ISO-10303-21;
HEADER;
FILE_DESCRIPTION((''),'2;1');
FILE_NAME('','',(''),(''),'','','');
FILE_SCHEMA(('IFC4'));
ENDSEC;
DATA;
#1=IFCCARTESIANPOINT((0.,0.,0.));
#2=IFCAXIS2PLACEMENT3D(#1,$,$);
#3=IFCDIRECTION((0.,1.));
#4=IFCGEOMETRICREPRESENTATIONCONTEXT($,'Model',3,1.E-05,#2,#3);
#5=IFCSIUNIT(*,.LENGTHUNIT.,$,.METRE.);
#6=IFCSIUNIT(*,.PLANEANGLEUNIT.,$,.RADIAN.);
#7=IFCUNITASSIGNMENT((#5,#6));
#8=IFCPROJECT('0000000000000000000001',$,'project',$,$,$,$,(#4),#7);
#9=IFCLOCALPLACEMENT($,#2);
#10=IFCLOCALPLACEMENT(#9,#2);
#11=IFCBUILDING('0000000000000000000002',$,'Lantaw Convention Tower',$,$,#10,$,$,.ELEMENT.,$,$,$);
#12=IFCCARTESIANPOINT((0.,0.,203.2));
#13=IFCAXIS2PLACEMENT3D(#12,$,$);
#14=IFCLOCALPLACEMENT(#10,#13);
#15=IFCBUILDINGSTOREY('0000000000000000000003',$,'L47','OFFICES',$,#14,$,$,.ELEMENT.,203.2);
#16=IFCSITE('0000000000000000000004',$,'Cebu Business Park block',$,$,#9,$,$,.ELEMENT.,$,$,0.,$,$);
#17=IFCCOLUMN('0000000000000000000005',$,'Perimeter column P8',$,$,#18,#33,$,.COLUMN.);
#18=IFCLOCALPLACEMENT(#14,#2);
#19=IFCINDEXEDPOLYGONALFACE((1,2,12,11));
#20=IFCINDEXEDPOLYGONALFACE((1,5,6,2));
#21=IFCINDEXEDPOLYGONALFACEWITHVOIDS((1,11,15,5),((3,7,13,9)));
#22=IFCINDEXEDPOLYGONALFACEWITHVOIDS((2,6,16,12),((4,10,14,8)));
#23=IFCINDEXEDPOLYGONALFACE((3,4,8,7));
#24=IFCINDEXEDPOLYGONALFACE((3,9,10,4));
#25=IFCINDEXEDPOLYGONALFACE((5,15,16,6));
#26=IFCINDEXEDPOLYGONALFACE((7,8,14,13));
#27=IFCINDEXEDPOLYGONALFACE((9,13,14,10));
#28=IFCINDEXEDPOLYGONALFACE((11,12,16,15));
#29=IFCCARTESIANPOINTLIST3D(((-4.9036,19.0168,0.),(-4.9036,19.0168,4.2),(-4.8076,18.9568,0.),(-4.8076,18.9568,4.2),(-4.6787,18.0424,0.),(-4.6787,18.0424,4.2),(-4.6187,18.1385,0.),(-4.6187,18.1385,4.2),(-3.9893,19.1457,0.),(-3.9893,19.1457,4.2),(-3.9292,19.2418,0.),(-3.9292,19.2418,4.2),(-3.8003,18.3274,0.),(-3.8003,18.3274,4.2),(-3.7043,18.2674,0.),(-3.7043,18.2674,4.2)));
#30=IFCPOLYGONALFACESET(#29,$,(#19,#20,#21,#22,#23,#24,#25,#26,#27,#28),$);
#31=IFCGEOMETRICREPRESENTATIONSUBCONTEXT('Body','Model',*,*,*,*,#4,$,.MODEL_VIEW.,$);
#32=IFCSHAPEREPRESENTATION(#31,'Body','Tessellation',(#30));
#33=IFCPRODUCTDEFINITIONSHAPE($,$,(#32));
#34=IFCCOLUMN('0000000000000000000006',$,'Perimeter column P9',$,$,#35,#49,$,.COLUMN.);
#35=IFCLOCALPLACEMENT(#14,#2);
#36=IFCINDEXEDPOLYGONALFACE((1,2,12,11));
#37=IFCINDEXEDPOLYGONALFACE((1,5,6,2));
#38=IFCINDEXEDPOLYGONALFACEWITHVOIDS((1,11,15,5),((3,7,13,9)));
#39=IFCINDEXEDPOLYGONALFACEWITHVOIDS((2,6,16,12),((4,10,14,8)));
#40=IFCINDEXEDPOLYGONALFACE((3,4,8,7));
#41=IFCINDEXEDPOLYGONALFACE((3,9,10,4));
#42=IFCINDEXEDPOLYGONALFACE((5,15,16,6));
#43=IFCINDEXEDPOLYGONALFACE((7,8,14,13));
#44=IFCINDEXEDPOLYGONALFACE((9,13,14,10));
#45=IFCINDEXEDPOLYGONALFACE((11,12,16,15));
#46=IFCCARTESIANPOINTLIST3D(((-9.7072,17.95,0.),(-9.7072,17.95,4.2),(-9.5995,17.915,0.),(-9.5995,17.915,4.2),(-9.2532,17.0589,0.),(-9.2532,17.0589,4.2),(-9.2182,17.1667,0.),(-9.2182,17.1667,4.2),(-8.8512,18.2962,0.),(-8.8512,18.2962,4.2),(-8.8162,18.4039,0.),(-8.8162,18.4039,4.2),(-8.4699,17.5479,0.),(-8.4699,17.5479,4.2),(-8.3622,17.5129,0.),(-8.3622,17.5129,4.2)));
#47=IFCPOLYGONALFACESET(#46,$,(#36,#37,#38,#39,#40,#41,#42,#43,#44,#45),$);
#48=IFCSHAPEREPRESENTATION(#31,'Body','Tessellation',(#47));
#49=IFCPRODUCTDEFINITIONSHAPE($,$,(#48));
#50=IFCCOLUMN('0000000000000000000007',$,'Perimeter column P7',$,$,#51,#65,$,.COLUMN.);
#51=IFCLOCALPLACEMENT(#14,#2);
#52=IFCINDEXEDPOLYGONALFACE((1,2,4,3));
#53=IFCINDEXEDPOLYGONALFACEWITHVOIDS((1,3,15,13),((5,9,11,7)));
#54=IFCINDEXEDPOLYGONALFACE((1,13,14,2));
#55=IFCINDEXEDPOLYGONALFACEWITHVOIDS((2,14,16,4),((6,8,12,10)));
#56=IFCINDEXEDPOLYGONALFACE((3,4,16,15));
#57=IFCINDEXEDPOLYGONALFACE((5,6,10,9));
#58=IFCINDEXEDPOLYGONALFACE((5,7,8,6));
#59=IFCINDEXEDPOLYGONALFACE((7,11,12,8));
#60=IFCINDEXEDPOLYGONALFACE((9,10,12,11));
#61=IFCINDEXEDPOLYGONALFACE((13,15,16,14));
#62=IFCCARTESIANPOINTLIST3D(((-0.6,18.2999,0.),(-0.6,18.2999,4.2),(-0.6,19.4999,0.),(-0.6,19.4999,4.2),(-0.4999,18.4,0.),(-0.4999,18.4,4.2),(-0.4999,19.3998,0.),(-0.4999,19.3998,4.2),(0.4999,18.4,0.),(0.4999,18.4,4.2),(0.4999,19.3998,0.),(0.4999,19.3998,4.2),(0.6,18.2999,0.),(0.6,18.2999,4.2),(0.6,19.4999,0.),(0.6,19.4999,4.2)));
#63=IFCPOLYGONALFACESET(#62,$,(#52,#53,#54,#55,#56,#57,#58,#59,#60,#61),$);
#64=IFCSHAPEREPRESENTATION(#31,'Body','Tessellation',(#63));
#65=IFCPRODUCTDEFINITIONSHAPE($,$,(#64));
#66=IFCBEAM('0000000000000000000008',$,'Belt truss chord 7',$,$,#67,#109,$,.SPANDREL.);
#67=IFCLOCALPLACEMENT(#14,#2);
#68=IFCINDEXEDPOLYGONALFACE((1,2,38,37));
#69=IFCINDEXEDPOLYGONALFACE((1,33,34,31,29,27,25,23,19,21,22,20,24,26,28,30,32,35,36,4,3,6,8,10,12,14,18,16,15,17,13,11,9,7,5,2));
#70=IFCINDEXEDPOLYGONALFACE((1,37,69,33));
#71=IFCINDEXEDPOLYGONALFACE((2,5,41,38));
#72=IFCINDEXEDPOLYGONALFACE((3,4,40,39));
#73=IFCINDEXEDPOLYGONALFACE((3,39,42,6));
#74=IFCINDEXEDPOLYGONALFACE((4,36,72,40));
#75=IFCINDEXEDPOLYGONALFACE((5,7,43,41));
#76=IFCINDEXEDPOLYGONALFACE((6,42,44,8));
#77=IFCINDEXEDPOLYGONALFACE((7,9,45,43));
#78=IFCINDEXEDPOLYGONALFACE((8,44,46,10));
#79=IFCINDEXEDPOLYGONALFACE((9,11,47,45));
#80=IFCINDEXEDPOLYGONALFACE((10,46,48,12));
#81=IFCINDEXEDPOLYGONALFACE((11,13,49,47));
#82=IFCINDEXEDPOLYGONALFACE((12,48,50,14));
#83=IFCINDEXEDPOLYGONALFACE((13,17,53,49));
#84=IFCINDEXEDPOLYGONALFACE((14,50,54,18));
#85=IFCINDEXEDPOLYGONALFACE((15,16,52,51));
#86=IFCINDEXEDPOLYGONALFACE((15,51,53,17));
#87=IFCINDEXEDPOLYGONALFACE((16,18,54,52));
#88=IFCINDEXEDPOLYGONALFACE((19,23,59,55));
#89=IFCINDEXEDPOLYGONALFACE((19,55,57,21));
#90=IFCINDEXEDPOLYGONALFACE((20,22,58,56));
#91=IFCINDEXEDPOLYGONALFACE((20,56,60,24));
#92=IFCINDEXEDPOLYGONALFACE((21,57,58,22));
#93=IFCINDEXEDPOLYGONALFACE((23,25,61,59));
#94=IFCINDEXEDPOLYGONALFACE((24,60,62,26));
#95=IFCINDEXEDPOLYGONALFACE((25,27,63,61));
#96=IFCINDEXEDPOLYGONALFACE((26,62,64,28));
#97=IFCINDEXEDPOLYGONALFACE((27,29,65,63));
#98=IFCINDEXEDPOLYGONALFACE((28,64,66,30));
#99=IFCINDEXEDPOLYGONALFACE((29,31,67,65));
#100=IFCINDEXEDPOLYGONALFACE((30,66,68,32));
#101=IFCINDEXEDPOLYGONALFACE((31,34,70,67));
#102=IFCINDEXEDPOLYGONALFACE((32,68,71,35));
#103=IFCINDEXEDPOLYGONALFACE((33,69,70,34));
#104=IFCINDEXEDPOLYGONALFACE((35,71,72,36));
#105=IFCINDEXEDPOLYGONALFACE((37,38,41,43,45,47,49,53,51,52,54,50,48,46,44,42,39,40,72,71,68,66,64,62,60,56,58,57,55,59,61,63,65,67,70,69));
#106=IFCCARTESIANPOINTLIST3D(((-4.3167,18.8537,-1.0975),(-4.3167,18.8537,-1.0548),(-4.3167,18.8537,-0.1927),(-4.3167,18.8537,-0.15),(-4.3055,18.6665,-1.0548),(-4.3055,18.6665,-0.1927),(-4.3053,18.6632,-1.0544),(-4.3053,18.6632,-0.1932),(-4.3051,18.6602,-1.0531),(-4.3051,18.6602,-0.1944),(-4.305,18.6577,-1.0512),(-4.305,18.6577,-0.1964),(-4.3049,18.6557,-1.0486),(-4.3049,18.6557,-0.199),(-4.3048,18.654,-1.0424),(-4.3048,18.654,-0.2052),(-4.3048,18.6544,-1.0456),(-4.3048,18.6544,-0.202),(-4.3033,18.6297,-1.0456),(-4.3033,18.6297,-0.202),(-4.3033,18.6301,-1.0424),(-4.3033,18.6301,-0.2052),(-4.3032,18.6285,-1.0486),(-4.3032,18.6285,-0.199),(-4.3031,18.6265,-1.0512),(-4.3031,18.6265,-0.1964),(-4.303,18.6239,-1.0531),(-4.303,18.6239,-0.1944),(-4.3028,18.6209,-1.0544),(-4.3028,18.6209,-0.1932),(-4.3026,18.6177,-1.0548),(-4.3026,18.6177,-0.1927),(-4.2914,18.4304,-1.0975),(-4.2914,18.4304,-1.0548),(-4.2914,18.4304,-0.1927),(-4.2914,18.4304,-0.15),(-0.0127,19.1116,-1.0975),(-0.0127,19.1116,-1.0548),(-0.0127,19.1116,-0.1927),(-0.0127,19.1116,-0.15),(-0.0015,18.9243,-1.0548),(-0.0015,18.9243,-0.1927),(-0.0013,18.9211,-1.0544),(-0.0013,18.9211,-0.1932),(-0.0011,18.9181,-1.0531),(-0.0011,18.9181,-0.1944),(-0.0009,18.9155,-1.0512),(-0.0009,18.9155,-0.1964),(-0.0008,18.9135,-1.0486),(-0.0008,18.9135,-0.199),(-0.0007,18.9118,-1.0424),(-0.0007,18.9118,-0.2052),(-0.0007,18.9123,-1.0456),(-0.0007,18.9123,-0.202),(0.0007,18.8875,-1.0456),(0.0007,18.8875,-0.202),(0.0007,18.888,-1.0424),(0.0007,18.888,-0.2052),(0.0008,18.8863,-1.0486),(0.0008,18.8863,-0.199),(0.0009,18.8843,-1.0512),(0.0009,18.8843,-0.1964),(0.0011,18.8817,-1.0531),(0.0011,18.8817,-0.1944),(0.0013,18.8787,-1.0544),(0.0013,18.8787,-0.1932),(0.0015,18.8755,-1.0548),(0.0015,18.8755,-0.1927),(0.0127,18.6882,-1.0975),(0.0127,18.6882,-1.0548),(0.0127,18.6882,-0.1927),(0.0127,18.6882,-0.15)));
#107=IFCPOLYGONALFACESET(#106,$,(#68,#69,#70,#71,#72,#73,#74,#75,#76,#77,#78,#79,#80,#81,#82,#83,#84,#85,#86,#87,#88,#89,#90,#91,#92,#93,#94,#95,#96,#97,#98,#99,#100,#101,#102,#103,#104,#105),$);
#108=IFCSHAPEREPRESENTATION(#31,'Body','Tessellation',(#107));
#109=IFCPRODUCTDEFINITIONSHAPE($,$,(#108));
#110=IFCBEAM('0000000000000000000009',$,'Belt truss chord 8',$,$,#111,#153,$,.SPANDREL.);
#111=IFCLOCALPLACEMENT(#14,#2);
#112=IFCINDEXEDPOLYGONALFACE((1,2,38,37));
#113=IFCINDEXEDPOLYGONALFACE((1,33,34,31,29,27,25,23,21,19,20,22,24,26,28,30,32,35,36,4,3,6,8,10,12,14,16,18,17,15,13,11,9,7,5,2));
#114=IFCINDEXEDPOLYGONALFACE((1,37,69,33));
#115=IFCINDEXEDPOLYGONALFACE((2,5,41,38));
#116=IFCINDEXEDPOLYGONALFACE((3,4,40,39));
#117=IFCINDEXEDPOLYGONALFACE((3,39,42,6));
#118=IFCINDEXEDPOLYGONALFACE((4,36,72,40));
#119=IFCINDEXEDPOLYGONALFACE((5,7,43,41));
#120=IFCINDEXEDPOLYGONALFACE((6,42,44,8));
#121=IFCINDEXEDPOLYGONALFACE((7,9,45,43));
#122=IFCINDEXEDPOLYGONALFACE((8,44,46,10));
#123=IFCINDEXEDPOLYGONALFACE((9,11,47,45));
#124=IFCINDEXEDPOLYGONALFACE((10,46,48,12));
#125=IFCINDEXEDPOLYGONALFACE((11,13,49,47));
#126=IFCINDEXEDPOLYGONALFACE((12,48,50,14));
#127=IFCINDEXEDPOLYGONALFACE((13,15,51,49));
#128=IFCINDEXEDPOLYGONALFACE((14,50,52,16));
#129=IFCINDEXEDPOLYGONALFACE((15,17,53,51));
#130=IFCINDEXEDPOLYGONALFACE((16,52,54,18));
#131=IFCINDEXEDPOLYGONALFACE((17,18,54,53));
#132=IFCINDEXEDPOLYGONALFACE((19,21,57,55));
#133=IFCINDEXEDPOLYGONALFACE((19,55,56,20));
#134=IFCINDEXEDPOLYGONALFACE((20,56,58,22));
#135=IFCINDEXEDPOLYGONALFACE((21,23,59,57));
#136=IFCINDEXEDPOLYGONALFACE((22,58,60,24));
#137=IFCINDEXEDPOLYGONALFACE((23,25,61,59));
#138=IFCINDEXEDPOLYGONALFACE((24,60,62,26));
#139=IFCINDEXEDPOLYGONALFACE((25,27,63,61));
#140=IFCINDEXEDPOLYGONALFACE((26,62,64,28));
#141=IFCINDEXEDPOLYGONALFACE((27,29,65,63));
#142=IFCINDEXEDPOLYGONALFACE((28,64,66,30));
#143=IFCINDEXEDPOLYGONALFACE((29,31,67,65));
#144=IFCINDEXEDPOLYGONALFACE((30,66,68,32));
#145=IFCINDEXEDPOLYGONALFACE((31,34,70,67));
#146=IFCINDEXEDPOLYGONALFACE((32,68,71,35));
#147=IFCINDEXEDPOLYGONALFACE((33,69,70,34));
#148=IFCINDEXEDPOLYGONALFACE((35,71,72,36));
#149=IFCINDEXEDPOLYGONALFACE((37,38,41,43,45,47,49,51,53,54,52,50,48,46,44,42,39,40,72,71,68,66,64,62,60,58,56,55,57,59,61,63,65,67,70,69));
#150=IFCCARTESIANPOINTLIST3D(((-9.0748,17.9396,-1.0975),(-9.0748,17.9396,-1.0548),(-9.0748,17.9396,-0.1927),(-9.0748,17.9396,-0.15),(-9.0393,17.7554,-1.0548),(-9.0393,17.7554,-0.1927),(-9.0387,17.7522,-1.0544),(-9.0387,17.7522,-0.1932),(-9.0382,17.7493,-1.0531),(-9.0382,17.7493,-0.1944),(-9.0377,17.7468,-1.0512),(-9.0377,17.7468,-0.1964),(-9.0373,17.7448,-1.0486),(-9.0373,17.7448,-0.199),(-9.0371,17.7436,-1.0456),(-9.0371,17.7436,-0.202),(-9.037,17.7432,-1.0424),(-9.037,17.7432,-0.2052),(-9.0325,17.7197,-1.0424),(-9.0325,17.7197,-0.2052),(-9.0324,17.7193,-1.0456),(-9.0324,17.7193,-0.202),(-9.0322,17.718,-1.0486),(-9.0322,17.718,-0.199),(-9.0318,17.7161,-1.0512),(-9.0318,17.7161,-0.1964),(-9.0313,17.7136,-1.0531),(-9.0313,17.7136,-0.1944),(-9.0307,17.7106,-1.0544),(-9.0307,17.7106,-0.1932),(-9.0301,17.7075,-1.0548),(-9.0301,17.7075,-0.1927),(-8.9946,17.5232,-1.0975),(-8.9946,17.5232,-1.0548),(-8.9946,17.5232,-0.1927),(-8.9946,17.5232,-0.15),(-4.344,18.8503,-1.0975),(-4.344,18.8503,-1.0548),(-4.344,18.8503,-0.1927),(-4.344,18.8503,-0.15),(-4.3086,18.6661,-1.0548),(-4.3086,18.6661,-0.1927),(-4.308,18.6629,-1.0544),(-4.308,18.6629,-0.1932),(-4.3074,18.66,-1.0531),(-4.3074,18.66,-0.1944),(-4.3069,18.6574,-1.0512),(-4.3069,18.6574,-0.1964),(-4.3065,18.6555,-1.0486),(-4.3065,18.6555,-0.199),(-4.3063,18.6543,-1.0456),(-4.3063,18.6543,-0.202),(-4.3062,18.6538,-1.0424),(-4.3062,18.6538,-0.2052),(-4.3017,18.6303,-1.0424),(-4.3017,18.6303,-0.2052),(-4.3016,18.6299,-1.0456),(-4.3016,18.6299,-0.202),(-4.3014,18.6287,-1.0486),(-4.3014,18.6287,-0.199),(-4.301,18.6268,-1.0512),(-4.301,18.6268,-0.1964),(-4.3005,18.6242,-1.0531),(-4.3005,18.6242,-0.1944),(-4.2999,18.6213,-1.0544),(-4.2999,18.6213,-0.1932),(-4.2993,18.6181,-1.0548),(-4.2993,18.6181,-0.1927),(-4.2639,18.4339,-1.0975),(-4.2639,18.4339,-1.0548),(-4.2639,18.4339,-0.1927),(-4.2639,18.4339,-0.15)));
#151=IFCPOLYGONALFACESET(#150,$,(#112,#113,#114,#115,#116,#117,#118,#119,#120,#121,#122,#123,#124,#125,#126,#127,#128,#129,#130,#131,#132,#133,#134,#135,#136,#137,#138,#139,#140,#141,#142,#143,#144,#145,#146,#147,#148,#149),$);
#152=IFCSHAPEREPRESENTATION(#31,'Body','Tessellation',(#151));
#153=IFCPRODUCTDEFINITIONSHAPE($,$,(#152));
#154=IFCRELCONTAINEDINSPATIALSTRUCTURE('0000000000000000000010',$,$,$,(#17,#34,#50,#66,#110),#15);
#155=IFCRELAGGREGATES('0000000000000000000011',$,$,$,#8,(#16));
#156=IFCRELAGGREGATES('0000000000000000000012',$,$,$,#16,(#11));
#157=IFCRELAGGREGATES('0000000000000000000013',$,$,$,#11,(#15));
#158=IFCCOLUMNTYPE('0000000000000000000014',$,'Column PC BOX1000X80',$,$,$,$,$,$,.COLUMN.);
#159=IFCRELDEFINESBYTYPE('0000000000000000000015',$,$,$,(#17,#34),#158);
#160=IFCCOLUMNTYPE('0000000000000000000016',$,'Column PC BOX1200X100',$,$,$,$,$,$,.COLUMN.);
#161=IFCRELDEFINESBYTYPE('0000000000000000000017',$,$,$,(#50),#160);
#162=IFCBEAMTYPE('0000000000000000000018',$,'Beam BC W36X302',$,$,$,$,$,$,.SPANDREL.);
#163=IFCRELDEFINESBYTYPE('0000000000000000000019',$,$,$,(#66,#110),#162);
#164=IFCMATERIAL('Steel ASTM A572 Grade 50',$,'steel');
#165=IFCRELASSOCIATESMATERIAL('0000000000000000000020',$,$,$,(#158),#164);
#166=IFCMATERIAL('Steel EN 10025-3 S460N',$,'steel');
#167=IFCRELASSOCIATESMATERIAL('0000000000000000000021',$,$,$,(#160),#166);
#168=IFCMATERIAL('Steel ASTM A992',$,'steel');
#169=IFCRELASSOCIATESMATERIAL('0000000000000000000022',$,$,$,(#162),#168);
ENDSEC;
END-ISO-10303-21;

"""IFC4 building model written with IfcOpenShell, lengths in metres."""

from ifc_helpers import new_model, si_unit, direction, frame, origin, origin_2d, place, context, subcontext, project, spatial, rectangle, hollow_rectangle, i_section, extrude, material, material_profile, profile_set, type_object, element, save


model = new_model("IFC4")

# Units and contexts
model_context = context("Model", 3, precision=1e-05, world=origin(), true_north=direction((0.0, 1.0)))
body_context = subcontext(model_context, "Body", "Model", "MODEL_VIEW")
ifc_project = project(units=[si_unit("LENGTHUNIT", "METRE"), si_unit("PLANEANGLEUNIT", "RADIAN")], contexts=[model_context])

# Site, building, storey
site_placement = place(None, origin())
site = spatial("IfcSite", under=ifc_project, at=site_placement, Name="Cebu Business Park block", CompositionType="ELEMENT", RefElevation=0.0)
building_placement = place(site_placement, origin())
building = spatial("IfcBuilding", under=site, at=building_placement, Name="Lantaw Convention Tower", CompositionType="ELEMENT")
storey_placement = place(building_placement, frame((0.0, 0.0, 203.2)))
storey = spatial("IfcBuildingStorey", under=building, at=storey_placement, Name="L47", Description="OFFICES", CompositionType="ELEMENT", Elevation=203.2)

# Columns
ifc_material_1 = material(Name="Steel ASTM A572 Grade 50", Category="steel")
ifc_material_profile_1 = material_profile(ifc_material_1, hollow_rectangle(XDim=1.0, YDim=1.0, WallThickness=0.0801, at=origin_2d()), Name="BOX1000X80")
ifc_material_2 = material(Name="Concrete C60/75", Category="concrete")
ifc_material_profile_2 = material_profile(ifc_material_2, rectangle(XDim=0.8401, YDim=0.8401, at=origin_2d()), Name="Concrete fill of BOX1000X80")
ifc_profile_set_1 = profile_set([ifc_material_profile_1, ifc_material_profile_2], Name="Steel ASTM A572 Grade 50")
column_type_1 = type_object("IfcColumnType", Name="Column PC BOX1000X80", PredefinedType="COLUMN", material=ifc_profile_set_1)
for number, where, z_axis, x_axis, name in (
    (1, (-4.304, 18.6421, 0.0), (0.0, 0.0, 1.0), (0.97437, 0.224951, 0.0), "Perimeter column P8"),
    (2, (-9.0347, 17.7314, 0.0), (0.0, 0.0, 1.0), (0.891007, 0.45399, 0.0), "Perimeter column P9"),
):
    element("IfcColumn", number, at=place(storey_placement, frame(where, z_axis=z_axis, x_axis=x_axis)), inside=storey, type_object=column_type_1, Name=name, PredefinedType="COLUMN", context=body_context, shape_type="SweptSolid", body=[
        extrude(hollow_rectangle(XDim=1.0, YDim=1.0, WallThickness=0.0801, at=origin_2d()), origin(), (0.0, 0.0, 1.0), 4.2),
    ])
ifc_material_3 = material(Name="Steel EN 10025-3 S460N", Category="steel")
ifc_material_profile_3 = material_profile(ifc_material_3, hollow_rectangle(XDim=1.2, YDim=1.2, WallThickness=0.1001, at=origin_2d()), Name="BOX1200X100")
ifc_material_profile_4 = material_profile(ifc_material_2, rectangle(XDim=1.0, YDim=1.0, at=origin_2d()), Name="Concrete fill of BOX1200X100")
ifc_profile_set_2 = profile_set([ifc_material_profile_3, ifc_material_profile_4], Name="Steel EN 10025-3 S460N")
column_type_2 = type_object("IfcColumnType", Name="Column PC BOX1200X100", PredefinedType="COLUMN", material=ifc_profile_set_2)
column_placement = place(storey_placement, frame((0.0, 18.8999, 0.0), z_axis=(0.0, 0.0, 1.0), x_axis=(1.0, 0.0, 0.0)))
element("IfcColumn", 3, at=column_placement, inside=storey, type_object=column_type_2, Name="Perimeter column P7", PredefinedType="COLUMN", context=body_context, shape_type="SweptSolid", body=[
    extrude(hollow_rectangle(XDim=1.2, YDim=1.2, WallThickness=0.1001, at=origin_2d()), origin(), (0.0, 0.0, 1.0), 4.2),
])

# Beams
ifc_material_4 = material(Name="Steel ASTM A992", Category="steel")
ifc_material_profile_5 = material_profile(ifc_material_4, i_section(OverallWidth=0.4241, OverallDepth=0.9475, WebThickness=0.0239, FlangeThickness=0.0427, FilletRadius=0.0125, at=origin_2d()), Name="W36X302")
ifc_profile_set_3 = profile_set([ifc_material_profile_5], Name="Steel ASTM A992")
beam_type_1 = type_object("IfcBeamType", Name="Beam BC W36X302", PredefinedType="SPANDREL", material=ifc_profile_set_3)
beam_1_placement = place(storey_placement, frame((0.0, 18.8999, -0.6238), z_axis=(-0.998211, -0.059794, 0.0), x_axis=(0.059794, -0.998211, 0.0)))
element("IfcBeam", 4, at=beam_1_placement, inside=storey, type_object=beam_type_1, Name="Belt truss chord 7", PredefinedType="SPANDREL", context=body_context, shape_type="SweptSolid", body=[
    extrude(i_section(OverallWidth=0.4241, OverallDepth=0.9475, WebThickness=0.0239, FlangeThickness=0.0427, FilletRadius=0.0125, at=origin_2d()), origin(), (0.0, 0.0, 1.0), 4.3118),
])
beam_2_placement = place(storey_placement, frame((-4.304, 18.6421, -0.6238), z_axis=(-0.981972, -0.189026, 0.0), x_axis=(0.189026, -0.981972, 0.0)))
element("IfcBeam", 5, at=beam_2_placement, inside=storey, type_object=beam_type_1, Name="Belt truss chord 8", PredefinedType="SPANDREL", context=body_context, shape_type="SweptSolid", body=[
    extrude(i_section(OverallWidth=0.4241, OverallDepth=0.9475, WebThickness=0.0239, FlangeThickness=0.0427, FilletRadius=0.0125, at=origin_2d()), origin(), (0.0, 0.0, 1.0), 4.8176),
])

save(model, "model.ifc")
